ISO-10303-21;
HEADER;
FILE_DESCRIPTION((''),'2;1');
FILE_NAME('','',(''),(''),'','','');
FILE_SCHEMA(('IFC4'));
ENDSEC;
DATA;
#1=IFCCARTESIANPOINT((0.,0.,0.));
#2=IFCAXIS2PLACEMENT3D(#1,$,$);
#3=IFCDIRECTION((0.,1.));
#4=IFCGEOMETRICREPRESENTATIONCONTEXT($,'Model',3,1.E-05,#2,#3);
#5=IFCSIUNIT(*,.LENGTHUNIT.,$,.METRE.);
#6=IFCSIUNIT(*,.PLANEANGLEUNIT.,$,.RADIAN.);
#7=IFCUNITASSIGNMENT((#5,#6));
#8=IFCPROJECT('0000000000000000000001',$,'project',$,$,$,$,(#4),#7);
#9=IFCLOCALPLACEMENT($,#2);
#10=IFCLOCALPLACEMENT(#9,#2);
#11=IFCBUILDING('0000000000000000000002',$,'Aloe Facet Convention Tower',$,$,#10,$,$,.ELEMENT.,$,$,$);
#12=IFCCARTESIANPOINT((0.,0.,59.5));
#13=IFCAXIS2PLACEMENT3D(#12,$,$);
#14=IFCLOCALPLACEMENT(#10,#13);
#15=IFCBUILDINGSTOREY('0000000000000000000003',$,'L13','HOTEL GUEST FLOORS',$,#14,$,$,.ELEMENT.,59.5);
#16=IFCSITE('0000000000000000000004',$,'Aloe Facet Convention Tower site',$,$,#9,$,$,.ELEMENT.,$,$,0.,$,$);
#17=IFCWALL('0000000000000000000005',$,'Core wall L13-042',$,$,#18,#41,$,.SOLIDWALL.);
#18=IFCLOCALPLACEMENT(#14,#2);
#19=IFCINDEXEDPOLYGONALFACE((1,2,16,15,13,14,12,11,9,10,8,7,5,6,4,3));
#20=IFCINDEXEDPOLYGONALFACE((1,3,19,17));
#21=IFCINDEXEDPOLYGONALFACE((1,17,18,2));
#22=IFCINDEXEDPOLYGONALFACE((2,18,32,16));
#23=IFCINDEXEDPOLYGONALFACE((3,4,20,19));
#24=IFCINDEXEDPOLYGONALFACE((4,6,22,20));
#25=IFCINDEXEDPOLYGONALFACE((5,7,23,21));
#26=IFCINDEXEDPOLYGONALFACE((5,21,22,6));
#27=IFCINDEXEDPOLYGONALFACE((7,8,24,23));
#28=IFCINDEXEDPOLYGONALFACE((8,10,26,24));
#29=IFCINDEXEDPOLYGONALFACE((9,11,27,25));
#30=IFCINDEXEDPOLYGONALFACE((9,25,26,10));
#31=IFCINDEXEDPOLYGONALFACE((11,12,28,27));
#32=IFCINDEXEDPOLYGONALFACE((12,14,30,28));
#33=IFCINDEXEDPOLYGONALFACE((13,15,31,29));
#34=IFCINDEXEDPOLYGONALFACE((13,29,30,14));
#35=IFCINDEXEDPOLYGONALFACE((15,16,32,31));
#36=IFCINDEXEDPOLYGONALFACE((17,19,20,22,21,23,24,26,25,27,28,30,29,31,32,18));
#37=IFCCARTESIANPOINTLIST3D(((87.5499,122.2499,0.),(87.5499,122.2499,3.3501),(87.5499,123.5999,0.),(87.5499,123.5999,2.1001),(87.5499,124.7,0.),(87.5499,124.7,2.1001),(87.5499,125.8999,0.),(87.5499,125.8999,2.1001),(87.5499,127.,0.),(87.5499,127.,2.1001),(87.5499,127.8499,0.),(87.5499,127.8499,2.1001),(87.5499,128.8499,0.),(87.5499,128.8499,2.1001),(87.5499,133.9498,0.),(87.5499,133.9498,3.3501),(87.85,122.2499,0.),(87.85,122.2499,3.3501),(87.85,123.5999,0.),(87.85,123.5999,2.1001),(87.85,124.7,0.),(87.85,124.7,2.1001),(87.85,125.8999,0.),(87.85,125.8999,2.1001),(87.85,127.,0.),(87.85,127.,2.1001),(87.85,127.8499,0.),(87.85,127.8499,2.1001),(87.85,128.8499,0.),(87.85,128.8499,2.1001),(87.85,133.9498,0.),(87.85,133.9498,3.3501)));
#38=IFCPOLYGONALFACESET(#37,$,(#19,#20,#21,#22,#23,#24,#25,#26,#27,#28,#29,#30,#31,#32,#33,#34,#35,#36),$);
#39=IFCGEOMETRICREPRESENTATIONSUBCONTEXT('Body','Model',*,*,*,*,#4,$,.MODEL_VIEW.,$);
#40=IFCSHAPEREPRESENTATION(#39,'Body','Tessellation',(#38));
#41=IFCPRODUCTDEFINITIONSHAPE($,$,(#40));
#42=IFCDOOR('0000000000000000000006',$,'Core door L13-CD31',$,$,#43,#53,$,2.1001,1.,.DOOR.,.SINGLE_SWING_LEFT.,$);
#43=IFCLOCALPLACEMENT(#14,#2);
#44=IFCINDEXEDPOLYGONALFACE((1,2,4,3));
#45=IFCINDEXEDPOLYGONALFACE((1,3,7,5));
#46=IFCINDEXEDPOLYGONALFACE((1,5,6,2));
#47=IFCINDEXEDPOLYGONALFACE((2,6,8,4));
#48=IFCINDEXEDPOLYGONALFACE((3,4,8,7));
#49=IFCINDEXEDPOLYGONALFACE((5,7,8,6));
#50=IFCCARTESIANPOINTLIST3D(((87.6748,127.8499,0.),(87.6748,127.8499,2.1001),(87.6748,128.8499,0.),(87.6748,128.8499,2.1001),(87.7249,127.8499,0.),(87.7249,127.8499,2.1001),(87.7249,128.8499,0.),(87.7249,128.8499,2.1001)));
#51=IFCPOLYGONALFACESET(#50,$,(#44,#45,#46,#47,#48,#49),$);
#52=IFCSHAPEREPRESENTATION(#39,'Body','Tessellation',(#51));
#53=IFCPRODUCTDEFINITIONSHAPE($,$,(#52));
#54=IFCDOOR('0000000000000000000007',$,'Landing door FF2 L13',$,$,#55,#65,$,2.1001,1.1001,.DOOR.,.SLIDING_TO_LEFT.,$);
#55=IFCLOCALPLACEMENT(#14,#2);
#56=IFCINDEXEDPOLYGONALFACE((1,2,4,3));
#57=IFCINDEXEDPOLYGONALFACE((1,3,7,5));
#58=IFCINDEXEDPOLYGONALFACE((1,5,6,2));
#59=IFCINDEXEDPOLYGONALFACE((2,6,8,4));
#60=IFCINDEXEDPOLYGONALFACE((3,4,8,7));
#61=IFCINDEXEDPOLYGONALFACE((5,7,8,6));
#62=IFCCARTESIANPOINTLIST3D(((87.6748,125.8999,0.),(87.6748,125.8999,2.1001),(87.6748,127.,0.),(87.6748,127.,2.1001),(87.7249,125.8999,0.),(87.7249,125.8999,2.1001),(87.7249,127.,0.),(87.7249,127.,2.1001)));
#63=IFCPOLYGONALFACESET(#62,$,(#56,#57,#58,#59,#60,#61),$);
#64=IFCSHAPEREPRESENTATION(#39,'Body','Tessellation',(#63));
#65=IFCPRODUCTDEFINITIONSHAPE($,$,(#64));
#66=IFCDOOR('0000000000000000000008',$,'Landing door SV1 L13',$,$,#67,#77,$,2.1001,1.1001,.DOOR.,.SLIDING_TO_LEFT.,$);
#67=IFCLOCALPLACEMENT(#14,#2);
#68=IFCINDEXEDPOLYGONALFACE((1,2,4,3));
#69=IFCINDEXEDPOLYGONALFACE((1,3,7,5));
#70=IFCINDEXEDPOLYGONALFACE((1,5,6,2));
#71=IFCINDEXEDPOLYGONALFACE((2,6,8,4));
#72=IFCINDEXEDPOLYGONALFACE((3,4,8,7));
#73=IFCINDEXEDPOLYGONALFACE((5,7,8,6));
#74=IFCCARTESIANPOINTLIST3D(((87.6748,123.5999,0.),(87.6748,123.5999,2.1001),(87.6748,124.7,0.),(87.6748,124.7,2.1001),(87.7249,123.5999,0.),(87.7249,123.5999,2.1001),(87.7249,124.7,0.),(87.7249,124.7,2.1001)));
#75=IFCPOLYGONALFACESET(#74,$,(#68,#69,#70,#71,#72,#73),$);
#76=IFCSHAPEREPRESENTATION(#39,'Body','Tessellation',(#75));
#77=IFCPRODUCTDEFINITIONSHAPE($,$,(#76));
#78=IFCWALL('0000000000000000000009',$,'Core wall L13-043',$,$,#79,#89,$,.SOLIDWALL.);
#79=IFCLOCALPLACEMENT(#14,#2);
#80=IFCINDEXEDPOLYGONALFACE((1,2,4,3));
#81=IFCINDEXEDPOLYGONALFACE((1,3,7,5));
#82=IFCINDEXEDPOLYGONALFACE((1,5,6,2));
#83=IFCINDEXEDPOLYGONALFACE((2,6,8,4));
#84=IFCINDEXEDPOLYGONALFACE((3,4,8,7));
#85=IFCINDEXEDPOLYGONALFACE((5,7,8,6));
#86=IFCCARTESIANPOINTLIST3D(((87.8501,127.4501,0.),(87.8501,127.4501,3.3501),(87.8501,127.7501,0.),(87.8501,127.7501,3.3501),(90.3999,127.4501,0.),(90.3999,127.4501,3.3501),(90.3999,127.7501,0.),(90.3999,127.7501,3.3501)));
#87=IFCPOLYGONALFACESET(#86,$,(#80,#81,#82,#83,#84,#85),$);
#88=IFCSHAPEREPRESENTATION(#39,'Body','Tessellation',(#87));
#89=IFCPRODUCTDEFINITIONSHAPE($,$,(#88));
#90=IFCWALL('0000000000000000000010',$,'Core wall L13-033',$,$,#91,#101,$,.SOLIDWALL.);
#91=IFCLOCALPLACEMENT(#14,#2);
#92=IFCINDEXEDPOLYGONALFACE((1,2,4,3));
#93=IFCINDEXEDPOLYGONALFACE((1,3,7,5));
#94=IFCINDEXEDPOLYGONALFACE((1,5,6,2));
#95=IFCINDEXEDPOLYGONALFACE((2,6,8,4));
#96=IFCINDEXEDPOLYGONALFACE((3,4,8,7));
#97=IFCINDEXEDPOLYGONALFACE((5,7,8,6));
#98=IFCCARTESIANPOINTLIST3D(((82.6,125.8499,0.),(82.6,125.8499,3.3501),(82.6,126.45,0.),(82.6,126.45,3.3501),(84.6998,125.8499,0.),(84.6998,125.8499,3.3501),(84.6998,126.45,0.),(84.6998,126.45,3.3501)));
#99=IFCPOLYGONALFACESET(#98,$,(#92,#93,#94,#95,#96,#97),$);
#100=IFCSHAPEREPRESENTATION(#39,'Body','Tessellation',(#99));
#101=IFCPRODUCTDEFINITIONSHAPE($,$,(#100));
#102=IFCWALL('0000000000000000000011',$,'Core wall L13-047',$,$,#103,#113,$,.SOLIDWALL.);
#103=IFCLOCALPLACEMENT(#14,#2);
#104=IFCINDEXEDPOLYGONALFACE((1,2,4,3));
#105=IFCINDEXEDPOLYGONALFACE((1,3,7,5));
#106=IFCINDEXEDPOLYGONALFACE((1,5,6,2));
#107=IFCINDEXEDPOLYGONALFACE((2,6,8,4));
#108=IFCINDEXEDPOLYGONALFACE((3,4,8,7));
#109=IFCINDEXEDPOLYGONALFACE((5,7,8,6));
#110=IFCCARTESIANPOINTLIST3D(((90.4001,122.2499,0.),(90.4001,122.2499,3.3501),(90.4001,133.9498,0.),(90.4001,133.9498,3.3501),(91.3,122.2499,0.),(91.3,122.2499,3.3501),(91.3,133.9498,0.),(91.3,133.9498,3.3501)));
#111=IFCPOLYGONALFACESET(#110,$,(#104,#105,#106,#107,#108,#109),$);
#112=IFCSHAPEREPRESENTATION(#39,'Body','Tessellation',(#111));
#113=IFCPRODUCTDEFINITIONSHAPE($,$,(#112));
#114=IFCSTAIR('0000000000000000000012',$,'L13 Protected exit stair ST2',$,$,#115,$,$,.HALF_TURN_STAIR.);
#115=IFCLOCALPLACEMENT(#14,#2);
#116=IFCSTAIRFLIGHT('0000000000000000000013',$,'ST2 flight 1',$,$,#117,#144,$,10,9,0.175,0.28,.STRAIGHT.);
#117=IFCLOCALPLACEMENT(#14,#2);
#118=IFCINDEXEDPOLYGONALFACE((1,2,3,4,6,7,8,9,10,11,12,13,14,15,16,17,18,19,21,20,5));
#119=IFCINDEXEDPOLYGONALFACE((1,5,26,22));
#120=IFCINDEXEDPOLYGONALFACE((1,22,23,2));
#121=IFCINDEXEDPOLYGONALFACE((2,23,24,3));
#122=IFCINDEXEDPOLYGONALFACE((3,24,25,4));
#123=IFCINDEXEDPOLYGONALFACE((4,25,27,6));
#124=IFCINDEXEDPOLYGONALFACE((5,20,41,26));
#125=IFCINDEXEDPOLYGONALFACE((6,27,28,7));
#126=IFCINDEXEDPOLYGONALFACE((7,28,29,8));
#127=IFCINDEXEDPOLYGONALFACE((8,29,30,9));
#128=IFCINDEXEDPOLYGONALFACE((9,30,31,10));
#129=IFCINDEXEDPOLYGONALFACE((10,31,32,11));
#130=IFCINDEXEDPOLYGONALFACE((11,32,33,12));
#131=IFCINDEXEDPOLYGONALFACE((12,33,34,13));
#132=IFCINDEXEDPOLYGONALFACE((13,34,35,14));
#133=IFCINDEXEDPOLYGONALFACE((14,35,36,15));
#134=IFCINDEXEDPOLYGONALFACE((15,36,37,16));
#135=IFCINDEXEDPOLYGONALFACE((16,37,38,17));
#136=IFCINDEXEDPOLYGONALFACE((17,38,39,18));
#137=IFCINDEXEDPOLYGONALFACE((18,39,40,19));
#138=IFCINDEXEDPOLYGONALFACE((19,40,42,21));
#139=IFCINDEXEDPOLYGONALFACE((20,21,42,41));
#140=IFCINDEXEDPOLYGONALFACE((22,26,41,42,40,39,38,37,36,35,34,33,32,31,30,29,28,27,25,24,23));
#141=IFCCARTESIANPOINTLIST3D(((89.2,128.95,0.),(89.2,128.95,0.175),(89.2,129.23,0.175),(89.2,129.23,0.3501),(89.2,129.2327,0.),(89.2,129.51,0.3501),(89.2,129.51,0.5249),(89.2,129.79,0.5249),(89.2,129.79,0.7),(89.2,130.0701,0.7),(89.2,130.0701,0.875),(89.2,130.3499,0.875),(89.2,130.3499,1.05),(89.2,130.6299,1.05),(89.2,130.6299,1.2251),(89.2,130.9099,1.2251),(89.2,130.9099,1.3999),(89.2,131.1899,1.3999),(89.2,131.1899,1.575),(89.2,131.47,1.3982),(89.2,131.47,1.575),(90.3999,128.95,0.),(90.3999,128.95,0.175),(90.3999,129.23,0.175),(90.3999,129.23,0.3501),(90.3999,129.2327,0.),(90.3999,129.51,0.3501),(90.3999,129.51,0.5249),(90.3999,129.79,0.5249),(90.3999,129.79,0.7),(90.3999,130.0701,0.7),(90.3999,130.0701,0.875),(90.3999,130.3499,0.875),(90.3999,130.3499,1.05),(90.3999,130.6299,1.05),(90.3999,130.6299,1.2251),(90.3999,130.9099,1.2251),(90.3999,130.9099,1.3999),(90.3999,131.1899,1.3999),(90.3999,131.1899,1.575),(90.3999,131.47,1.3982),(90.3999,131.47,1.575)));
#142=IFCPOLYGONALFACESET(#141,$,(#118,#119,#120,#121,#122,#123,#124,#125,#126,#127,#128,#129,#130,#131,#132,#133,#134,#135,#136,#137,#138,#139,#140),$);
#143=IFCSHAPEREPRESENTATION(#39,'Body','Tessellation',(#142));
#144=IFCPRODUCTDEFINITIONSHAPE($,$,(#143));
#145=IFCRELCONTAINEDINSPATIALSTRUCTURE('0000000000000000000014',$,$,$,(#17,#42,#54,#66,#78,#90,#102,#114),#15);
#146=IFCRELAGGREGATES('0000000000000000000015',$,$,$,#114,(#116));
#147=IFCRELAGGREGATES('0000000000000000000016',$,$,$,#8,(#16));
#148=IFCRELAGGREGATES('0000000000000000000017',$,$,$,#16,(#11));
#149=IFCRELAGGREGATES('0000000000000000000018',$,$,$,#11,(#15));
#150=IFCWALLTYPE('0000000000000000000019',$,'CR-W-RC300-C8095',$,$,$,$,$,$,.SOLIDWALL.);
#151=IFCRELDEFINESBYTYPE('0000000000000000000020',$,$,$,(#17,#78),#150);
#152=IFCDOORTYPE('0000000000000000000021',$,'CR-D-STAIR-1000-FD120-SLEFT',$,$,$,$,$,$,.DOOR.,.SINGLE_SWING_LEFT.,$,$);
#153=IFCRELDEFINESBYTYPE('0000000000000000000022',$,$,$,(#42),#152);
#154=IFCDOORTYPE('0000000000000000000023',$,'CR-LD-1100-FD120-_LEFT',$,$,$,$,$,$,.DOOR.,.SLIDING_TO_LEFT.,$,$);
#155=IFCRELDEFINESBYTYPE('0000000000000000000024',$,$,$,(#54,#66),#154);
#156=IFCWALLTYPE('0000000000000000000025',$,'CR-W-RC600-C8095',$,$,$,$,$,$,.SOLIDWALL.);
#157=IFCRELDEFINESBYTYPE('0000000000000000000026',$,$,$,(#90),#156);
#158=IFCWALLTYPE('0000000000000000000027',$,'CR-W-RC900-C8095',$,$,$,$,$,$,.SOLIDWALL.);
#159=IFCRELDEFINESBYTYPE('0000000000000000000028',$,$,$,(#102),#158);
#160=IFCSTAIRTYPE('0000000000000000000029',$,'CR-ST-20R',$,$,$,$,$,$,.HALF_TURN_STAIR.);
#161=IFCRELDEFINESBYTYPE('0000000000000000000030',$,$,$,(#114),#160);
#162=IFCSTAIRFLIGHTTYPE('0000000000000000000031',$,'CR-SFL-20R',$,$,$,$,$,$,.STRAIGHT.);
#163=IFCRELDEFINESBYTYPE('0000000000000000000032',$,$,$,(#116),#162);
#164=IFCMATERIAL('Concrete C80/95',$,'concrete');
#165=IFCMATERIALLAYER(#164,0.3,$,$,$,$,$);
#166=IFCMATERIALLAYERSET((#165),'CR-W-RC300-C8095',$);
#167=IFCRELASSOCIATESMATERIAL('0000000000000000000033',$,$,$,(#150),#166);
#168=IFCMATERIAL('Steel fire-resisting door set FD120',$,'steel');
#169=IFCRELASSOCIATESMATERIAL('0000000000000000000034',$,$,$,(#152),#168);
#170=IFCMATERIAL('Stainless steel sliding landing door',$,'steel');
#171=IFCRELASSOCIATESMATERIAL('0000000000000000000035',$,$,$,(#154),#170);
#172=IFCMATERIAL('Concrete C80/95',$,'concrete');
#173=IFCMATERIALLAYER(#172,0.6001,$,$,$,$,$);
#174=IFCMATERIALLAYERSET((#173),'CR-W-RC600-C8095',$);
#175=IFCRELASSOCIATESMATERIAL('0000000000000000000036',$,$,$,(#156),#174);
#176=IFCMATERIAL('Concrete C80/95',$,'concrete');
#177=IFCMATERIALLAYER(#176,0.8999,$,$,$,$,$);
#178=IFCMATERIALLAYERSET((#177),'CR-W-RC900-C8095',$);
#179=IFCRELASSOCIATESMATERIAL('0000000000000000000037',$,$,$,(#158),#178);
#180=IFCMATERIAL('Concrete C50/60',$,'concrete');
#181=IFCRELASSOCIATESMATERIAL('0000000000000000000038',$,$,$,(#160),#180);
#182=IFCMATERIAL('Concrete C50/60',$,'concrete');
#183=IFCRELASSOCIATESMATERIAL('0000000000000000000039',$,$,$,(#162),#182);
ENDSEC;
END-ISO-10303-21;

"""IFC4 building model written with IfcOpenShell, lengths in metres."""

from ifc_helpers import new_model, si_unit, direction, frame, frame_2d, origin, place, context, subcontext, project, spatial, polyline, rectangle, outline, extrude, material, layer, layer_set, type_object, element, fill, aggregate, save


model = new_model("IFC4")

# Units and contexts
model_context = context("Model", 3, precision=1e-05, world=origin(), true_north=direction((0.0, 1.0)))
body_context = subcontext(model_context, "Body", "Model", "MODEL_VIEW")
ifc_project = project(units=[si_unit("LENGTHUNIT", "METRE"), si_unit("PLANEANGLEUNIT", "RADIAN")], contexts=[model_context])

# Site, building, storey
site_placement = place(None, origin())
site = spatial("IfcSite", under=ifc_project, at=site_placement, Name="Aloe Facet Convention Tower site", CompositionType="ELEMENT", RefElevation=0.0)
building_placement = place(site_placement, origin())
building = spatial("IfcBuilding", under=site, at=building_placement, Name="Aloe Facet Convention Tower", CompositionType="ELEMENT")
storey_placement = place(building_placement, frame((0.0, 0.0, 59.5)))
storey = spatial("IfcBuildingStorey", under=building, at=storey_placement, Name="L13", Description="HOTEL GUEST FLOORS", CompositionType="ELEMENT", Elevation=59.5)

# Shared definitions
ifc_material_1 = material(Name="Concrete C80/95", Category="concrete")
ifc_layer_1 = layer(ifc_material_1, 0.3)
ifc_layer_set_1 = layer_set([ifc_layer_1], Name="CR-W-RC300-C8095")
wall_type_1 = type_object("IfcWallType", Name="CR-W-RC300-C8095", PredefinedType="SOLIDWALL", material=ifc_layer_set_1)

# Wall, openings, doors
wall_1_placement = place(storey_placement, frame((87.7, 133.95, 0.0), z_axis=(0.0, 0.0, 1.0), x_axis=(0.0, -1.0, 0.0)))
wall_1 = element("IfcWall", 1, at=wall_1_placement, inside=storey, type_object=wall_type_1, Name="Core wall L13-042", PredefinedType="SOLIDWALL", context=body_context, shape_type="SweptSolid", body=[
    extrude(rectangle(XDim=11.7, YDim=0.3, at=frame_2d((5.8501, 0.0))), origin(), (0.0, 0.0, 1.0), 3.3501),
])
opening_1_placement = place(wall_1_placement, frame((6.95, 0.0, 0.0)))
opening_1 = element("IfcOpeningElement", 2, at=opening_1_placement, cuts=wall_1, PredefinedType="OPENING", context=body_context, shape_type="SweptSolid", body=[
    extrude(rectangle(XDim=1.1001, YDim=2.1001, at=frame_2d((0.55, 1.05))), frame((0.0, 0.1602, 0.0), z_axis=(0.0, -1.0, 0.0), x_axis=(1.0, 0.0, 0.0)), (0.0, 0.0, 1.0), 0.3201),
])
opening_2_placement = place(wall_1_placement, frame((5.1001, 0.0, 0.0)))
opening_2 = element("IfcOpeningElement", 3, at=opening_2_placement, cuts=wall_1, PredefinedType="OPENING", context=body_context, shape_type="SweptSolid", body=[
    extrude(rectangle(XDim=1.0, YDim=2.1001, at=frame_2d((0.5, 1.05))), frame((0.0, 0.1602, 0.0), z_axis=(0.0, -1.0, 0.0), x_axis=(1.0, 0.0, 0.0)), (0.0, 0.0, 1.0), 0.3201),
])
opening_3_placement = place(wall_1_placement, frame((9.25, 0.0, 0.0)))
opening_3 = element("IfcOpeningElement", 4, at=opening_3_placement, cuts=wall_1, PredefinedType="OPENING", context=body_context, shape_type="SweptSolid", body=[
    extrude(rectangle(XDim=1.1001, YDim=2.1001, at=frame_2d((0.55, 1.05))), frame((0.0, 0.1602, 0.0), z_axis=(0.0, -1.0, 0.0), x_axis=(1.0, 0.0, 0.0)), (0.0, 0.0, 1.0), 0.3201),
])
ifc_material_2 = material(Name="Steel fire-resisting door set FD120", Category="steel")
door_type_1 = type_object("IfcDoorType", Name="CR-D-STAIR-1000-FD120-SLEFT", OperationType="SINGLE_SWING_LEFT", PredefinedType="DOOR", material=ifc_material_2)
door_1_placement = place(opening_2_placement, origin())
door_1 = element("IfcDoor", 5, at=door_1_placement, inside=storey, type_object=door_type_1, Name="Core door L13-CD31", OperationType="SINGLE_SWING_LEFT", OverallHeight=2.1001, OverallWidth=1.0, PredefinedType="DOOR", context=body_context, shape_type="SweptSolid", body=[
    extrude(rectangle(XDim=1.0, YDim=2.1001, at=frame_2d((0.5, 1.05))), frame((0.0, 0.0249, 0.0), z_axis=(0.0, -1.0, 0.0), x_axis=(1.0, 0.0, 0.0)), (0.0, 0.0, 1.0), 0.05),
])
fill(opening_2, door_1)
ifc_material_3 = material(Name="Stainless steel sliding landing door", Category="steel")
door_type_2 = type_object("IfcDoorType", Name="CR-LD-1100-FD120-_LEFT", OperationType="SLIDING_TO_LEFT", PredefinedType="DOOR", material=ifc_material_3)
door_2_placement = place(opening_1_placement, origin())
door_2 = element("IfcDoor", 6, at=door_2_placement, inside=storey, type_object=door_type_2, Name="Landing door FF2 L13", OperationType="SLIDING_TO_LEFT", OverallHeight=2.1001, OverallWidth=1.1001, PredefinedType="DOOR", context=body_context, shape_type="SweptSolid", body=[
    extrude(rectangle(XDim=1.1001, YDim=2.1001, at=frame_2d((0.55, 1.05))), frame((0.0, 0.0249, 0.0), z_axis=(0.0, -1.0, 0.0), x_axis=(1.0, 0.0, 0.0)), (0.0, 0.0, 1.0), 0.05),
])
fill(opening_1, door_2)
door_3_placement = place(opening_3_placement, origin())
door_3 = element("IfcDoor", 7, at=door_3_placement, inside=storey, type_object=door_type_2, Name="Landing door SV1 L13", OperationType="SLIDING_TO_LEFT", OverallHeight=2.1001, OverallWidth=1.1001, PredefinedType="DOOR", context=body_context, shape_type="SweptSolid", body=[
    extrude(rectangle(XDim=1.1001, YDim=2.1001, at=frame_2d((0.55, 1.05))), frame((0.0, 0.0249, 0.0), z_axis=(0.0, -1.0, 0.0), x_axis=(1.0, 0.0, 0.0)), (0.0, 0.0, 1.0), 0.05),
])
fill(opening_3, door_3)

# Walls
wall_2_placement = place(storey_placement, frame((87.8501, 127.6001, 0.0), z_axis=(0.0, 0.0, 1.0), x_axis=(1.0, 0.0, 0.0)))
element("IfcWall", 8, at=wall_2_placement, inside=storey, type_object=wall_type_1, Name="Core wall L13-043", PredefinedType="SOLIDWALL", context=body_context, shape_type="SweptSolid", body=[
    extrude(rectangle(XDim=2.5498, YDim=0.3, at=frame_2d((1.2749, 0.0))), origin(), (0.0, 0.0, 1.0), 3.3501),
])
ifc_material_4 = material(Name="Concrete C80/95", Category="concrete")
ifc_layer_2 = layer(ifc_material_4, 0.6001)
ifc_layer_set_2 = layer_set([ifc_layer_2], Name="CR-W-RC600-C8095")
wall_type_2 = type_object("IfcWallType", Name="CR-W-RC600-C8095", PredefinedType="SOLIDWALL", material=ifc_layer_set_2)
wall_3_placement = place(storey_placement, frame((82.6001, 126.1499, 0.0), z_axis=(0.0, 0.0, 1.0), x_axis=(1.0, 0.0, 0.0)))
element("IfcWall", 9, at=wall_3_placement, inside=storey, type_object=wall_type_2, Name="Core wall L13-033", PredefinedType="SOLIDWALL", context=body_context, shape_type="SweptSolid", body=[
    extrude(rectangle(XDim=2.0999, YDim=0.6001, at=frame_2d((1.0498, 0.0))), origin(), (0.0, 0.0, 1.0), 3.3501),
])
ifc_material_5 = material(Name="Concrete C80/95", Category="concrete")
ifc_layer_3 = layer(ifc_material_5, 0.8999)
ifc_layer_set_3 = layer_set([ifc_layer_3], Name="CR-W-RC900-C8095")
wall_type_3 = type_object("IfcWallType", Name="CR-W-RC900-C8095", PredefinedType="SOLIDWALL", material=ifc_layer_set_3)
wall_4_placement = place(storey_placement, frame((90.8501, 133.95, 0.0), z_axis=(0.0, 0.0, 1.0), x_axis=(0.0, -1.0, 0.0)))
element("IfcWall", 10, at=wall_4_placement, inside=storey, type_object=wall_type_3, Name="Core wall L13-047", PredefinedType="SOLIDWALL", context=body_context, shape_type="SweptSolid", body=[
    extrude(rectangle(XDim=11.7, YDim=0.8999, at=frame_2d((5.8501, 0.0))), origin(), (0.0, 0.0, 1.0), 3.3501),
])

# Stair, stair flight
ifc_material_6 = material(Name="Concrete C50/60", Category="concrete")
stair_type = type_object("IfcStairType", Name="CR-ST-20R", PredefinedType="HALF_TURN_STAIR", material=ifc_material_6)
stair_placement = place(storey_placement, origin())
stair = element("IfcStair", 11, at=stair_placement, inside=storey, type_object=stair_type, Name="L13 Protected exit stair ST2", PredefinedType="HALF_TURN_STAIR")
ifc_material_7 = material(Name="Concrete C50/60", Category="concrete")
stair_flight_type = type_object("IfcStairFlightType", Name="CR-SFL-20R", PredefinedType="STRAIGHT", material=ifc_material_7)
stair_flight_1_placement = place(storey_placement, frame((89.8, 128.95, 0.0), z_axis=(0.0, 0.0, 1.0), x_axis=(0.0, 1.0, 0.0)))
stair_flight_1 = element("IfcStairFlight", 12, at=stair_flight_1_placement, type_object=stair_flight_type, Name="ST2 flight 1", NumberOfRisers=10, NumberOfTreads=9, PredefinedType="STRAIGHT", RiserHeight=0.175, TreadLength=0.28, context=body_context, shape_type="SweptSolid", body=[
    extrude(outline(polyline([(0.0, 0.0), (0.0, 0.175), (0.28, 0.175), (0.28, 0.3501), (0.5601, 0.3501), (0.5601, 0.5249), (0.8401, 0.5249), (0.8401, 0.7), (1.1201, 0.7), (1.1201, 0.875), (1.3999, 0.875), (1.3999, 1.05), (1.6799, 1.05), (1.6799, 1.2251), (1.96, 1.2251), (1.96, 1.3999), (2.24, 1.3999), (2.24, 1.575), (2.52, 1.575), (2.52, 1.75), (2.52, 1.3982), (0.2827, 0.0), (0.0, 0.0)])), frame((0.0, 0.6001, 0.0), z_axis=(0.0, -1.0, 0.0), x_axis=(1.0, 0.0, 0.0)), (0.0, 0.0, 1.0), 1.2),
])
aggregate(stair, [stair_flight_1])

save(model, "model.ifc")
